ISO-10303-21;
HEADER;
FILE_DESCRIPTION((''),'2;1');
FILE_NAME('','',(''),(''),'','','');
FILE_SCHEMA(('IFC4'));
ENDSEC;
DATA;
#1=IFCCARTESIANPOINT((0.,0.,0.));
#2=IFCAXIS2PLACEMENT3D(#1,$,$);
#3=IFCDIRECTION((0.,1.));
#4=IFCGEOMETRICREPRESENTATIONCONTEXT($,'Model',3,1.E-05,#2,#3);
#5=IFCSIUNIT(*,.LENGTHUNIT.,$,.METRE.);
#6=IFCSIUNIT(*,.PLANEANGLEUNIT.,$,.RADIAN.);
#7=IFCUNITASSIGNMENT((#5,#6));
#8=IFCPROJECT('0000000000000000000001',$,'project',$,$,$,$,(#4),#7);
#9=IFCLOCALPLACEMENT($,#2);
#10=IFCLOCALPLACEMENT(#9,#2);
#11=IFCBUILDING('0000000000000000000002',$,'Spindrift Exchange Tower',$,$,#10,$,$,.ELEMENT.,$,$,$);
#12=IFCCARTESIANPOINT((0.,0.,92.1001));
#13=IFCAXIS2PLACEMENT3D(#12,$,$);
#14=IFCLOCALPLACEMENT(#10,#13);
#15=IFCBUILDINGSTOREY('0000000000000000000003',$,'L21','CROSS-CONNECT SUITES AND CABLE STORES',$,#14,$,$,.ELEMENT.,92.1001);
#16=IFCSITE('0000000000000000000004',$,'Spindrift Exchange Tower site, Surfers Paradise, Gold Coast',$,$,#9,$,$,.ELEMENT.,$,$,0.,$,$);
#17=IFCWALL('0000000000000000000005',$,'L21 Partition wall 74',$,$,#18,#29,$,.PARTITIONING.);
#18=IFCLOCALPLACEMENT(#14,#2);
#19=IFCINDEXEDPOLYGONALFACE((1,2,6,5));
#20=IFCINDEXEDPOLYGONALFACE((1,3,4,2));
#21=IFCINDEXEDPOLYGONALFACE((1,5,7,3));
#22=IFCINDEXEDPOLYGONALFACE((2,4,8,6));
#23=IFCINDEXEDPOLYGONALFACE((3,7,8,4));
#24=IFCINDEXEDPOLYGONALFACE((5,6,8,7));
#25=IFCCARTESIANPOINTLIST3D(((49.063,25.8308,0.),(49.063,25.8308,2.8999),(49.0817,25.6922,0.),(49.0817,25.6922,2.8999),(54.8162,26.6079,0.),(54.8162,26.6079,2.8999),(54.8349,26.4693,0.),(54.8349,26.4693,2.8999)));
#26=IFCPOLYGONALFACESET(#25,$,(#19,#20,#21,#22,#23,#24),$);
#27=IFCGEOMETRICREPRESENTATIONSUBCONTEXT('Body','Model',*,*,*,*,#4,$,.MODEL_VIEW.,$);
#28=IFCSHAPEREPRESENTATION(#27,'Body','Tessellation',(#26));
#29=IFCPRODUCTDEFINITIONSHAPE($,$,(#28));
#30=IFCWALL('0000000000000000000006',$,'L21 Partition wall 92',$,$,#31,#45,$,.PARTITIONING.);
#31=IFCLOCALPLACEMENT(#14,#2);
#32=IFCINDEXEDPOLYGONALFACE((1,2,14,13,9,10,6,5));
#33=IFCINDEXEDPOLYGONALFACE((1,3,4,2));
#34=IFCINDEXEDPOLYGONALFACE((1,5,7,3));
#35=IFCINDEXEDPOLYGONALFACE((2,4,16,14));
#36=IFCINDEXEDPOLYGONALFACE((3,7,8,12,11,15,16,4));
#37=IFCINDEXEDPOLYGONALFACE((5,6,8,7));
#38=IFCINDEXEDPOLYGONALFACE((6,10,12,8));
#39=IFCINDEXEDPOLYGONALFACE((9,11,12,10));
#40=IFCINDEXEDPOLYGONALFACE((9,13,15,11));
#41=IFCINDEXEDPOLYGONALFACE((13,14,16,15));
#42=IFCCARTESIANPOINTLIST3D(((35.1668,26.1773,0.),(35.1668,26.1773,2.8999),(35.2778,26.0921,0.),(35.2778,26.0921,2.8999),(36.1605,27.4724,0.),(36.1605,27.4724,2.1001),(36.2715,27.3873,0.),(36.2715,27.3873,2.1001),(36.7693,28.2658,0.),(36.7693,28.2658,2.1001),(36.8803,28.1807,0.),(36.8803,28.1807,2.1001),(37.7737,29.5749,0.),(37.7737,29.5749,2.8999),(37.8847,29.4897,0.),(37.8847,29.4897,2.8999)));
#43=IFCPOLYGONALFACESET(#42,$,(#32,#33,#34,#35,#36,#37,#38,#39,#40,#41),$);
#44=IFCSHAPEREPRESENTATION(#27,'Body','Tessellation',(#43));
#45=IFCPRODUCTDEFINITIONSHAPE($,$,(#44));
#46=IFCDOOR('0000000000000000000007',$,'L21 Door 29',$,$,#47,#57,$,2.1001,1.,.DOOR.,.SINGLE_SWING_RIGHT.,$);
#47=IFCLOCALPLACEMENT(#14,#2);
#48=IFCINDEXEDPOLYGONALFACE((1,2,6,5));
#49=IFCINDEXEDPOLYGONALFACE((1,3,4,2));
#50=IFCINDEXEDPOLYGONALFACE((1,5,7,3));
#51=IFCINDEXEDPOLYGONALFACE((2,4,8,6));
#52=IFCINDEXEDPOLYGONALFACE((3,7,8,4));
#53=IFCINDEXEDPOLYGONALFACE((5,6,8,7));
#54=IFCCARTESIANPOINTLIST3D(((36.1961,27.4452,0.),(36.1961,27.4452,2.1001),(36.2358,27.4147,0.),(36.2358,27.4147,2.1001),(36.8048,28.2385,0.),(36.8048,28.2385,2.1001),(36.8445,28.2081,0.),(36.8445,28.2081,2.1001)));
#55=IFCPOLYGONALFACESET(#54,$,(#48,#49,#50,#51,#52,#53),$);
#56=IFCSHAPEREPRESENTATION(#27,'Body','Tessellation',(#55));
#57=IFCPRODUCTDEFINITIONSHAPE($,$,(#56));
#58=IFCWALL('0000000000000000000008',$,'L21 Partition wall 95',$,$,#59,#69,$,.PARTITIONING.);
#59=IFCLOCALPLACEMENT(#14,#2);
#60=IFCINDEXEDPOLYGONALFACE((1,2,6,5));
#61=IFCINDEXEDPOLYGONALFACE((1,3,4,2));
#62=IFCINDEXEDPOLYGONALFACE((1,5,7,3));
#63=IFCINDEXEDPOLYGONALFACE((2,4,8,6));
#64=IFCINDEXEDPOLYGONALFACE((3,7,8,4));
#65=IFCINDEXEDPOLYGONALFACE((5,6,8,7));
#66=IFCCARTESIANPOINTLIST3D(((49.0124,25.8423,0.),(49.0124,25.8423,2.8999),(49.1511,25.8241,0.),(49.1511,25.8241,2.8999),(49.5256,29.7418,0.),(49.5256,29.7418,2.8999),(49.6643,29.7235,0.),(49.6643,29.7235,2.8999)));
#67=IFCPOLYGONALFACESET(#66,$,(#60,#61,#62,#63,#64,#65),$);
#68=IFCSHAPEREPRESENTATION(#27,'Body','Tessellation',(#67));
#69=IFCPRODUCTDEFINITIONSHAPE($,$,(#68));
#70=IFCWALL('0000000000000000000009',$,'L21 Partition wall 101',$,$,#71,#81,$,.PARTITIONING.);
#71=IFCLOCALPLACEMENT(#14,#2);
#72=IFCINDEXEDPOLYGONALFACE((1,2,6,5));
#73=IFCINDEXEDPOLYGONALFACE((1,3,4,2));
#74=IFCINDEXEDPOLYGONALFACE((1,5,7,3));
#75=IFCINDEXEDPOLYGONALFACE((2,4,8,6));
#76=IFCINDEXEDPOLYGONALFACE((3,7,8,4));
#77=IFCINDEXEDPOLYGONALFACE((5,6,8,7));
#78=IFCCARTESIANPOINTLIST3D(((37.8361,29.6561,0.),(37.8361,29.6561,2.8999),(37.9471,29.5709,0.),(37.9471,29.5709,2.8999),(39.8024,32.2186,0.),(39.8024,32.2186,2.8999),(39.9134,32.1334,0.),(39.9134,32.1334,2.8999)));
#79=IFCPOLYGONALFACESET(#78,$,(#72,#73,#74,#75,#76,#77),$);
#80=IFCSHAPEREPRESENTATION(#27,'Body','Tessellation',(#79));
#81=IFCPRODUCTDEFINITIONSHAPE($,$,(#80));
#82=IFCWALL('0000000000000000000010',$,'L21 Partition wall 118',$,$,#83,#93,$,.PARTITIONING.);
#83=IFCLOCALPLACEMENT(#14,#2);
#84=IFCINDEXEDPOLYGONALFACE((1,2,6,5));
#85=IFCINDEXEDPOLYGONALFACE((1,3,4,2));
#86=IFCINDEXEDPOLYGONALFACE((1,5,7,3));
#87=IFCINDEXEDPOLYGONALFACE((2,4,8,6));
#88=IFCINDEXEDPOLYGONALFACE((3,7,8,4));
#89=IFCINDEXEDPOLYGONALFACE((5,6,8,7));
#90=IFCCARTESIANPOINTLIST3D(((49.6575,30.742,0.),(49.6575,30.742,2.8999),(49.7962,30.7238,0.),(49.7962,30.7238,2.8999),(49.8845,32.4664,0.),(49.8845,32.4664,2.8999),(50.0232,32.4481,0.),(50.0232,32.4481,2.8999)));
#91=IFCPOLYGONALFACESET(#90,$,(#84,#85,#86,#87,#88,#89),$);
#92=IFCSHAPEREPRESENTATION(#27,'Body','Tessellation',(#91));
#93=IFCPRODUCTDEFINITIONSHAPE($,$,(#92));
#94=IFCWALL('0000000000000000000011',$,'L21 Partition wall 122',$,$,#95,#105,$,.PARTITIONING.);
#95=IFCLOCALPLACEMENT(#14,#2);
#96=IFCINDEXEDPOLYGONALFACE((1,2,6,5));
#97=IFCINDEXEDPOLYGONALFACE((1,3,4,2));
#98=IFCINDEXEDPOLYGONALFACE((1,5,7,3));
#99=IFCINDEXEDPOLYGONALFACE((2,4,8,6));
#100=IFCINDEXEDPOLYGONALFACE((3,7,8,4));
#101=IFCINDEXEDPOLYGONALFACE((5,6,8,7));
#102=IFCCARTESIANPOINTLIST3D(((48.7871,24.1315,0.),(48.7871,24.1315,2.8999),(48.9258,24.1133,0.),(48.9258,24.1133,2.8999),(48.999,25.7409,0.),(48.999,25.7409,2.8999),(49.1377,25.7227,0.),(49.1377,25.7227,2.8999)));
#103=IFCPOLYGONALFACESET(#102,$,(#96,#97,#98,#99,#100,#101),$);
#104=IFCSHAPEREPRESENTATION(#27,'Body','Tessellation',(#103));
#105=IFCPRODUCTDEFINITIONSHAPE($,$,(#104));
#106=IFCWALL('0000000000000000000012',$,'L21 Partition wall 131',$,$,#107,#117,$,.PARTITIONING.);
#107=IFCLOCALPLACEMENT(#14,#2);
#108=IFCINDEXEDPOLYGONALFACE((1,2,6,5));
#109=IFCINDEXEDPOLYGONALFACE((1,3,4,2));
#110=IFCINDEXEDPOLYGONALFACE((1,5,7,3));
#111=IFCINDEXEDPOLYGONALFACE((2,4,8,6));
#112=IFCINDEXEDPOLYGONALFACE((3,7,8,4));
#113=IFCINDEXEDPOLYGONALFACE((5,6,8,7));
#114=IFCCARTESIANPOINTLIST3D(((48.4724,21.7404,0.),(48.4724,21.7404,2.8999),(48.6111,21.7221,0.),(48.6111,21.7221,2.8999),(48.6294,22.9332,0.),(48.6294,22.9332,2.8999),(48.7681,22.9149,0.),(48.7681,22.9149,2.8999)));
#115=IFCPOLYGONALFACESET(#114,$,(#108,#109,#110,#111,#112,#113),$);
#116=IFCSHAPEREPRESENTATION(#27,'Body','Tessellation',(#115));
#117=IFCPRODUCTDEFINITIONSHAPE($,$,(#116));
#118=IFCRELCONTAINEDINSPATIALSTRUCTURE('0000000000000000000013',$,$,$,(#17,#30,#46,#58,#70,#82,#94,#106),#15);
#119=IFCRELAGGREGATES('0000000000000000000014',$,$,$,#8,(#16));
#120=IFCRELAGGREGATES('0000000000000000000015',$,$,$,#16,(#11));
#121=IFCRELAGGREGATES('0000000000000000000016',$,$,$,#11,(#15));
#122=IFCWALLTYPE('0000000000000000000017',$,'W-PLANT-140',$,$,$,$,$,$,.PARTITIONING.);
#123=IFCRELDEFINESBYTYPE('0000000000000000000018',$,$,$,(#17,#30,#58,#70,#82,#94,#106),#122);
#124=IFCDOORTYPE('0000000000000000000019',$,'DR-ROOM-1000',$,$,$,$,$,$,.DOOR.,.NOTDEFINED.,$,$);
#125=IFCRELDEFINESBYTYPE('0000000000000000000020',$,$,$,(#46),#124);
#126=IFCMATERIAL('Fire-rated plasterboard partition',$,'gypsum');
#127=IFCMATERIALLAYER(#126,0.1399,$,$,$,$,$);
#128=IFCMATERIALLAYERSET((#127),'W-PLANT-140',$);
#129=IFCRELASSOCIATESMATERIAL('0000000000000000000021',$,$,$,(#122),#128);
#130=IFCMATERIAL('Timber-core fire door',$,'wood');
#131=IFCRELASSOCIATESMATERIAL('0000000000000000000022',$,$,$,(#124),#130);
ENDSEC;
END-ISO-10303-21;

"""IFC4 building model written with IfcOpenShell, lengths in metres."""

from ifc_helpers import new_model, si_unit, direction, frame, frame_2d, origin, place, context, subcontext, project, spatial, rectangle, extrude, source, transform, mapped, material, layer, layer_set, type_object, element, fill, save


model = new_model("IFC4")

# Units and contexts
model_context = context("Model", 3, precision=1e-05, world=origin(), true_north=direction((0.0, 1.0)))
body_context = subcontext(model_context, "Body", "Model", "MODEL_VIEW")
ifc_project = project(units=[si_unit("LENGTHUNIT", "METRE"), si_unit("PLANEANGLEUNIT", "RADIAN")], contexts=[model_context])

# Site, building, storey
site_placement = place(None, origin())
site = spatial("IfcSite", under=ifc_project, at=site_placement, Name="Spindrift Exchange Tower site, Surfers Paradise, Gold Coast", CompositionType="ELEMENT", RefElevation=0.0)
building_placement = place(site_placement, origin())
building = spatial("IfcBuilding", under=site, at=building_placement, Name="Spindrift Exchange Tower", CompositionType="ELEMENT")
storey_placement = place(building_placement, frame((0.0, 0.0, 92.1001)))
storey = spatial("IfcBuildingStorey", under=building, at=storey_placement, Name="L21", Description="CROSS-CONNECT SUITES AND CABLE STORES", CompositionType="ELEMENT", Elevation=92.1001)

# Shared definitions
ifc_material_1 = material(Name="Fire-rated plasterboard partition", Category="gypsum")
ifc_layer_1 = layer(ifc_material_1, 0.1399)
ifc_layer_set_1 = layer_set([ifc_layer_1], Name="W-PLANT-140")
wall_type = type_object("IfcWallType", Name="W-PLANT-140", PredefinedType="PARTITIONING", material=ifc_layer_set_1)
ifc_material_2 = material(Name="Timber-core fire door", Category="wood")
door_type = type_object("IfcDoorType", Name="DR-ROOM-1000", OperationType="NOTDEFINED", PredefinedType="DOOR", material=ifc_material_2)
shared_shape_1 = source(origin(), body_context, "Body", "SweptSolid", [
    extrude(rectangle(XDim=1.0, YDim=2.1001, at=frame_2d((0.5, 1.05))), frame((0.0, 0.0249, 0.0), z_axis=(0.0, -1.0, 0.0), x_axis=(1.0, 0.0, 0.0)), (0.0, 0.0, 1.0), 0.05),
])

# Wall
wall_1_placement = place(storey_placement, frame((49.0723, 25.7615, 0.0), z_axis=(0.0, 0.0, 1.0), x_axis=(0.991001, 0.133858, 0.0)))
element("IfcWall", 1, at=wall_1_placement, inside=storey, type_object=wall_type, Name="L21 Partition wall 74", PredefinedType="PARTITIONING", context=body_context, shape_type="SweptSolid", body=[
    extrude(rectangle(XDim=5.8054, YDim=0.1399, at=frame_2d((2.9028, 0.0))), origin(), (0.0, 0.0, 1.0), 2.8999),
])

# Wall, opening, door
wall_2_placement = place(storey_placement, frame((37.8291, 29.5322, 0.0), z_axis=(0.0, 0.0, 1.0), x_axis=(-0.60873, -0.793378, 0.0)))
wall_2 = element("IfcWall", 2, at=wall_2_placement, inside=storey, type_object=wall_type, Name="L21 Partition wall 92", PredefinedType="PARTITIONING", context=body_context, shape_type="SweptSolid", body=[
    extrude(rectangle(XDim=4.2825, YDim=0.1399, at=frame_2d((2.1411, 0.0))), origin(), (0.0, 0.0, 1.0), 2.8999),
])
opening_1_placement = place(wall_2_placement, frame((1.6499, 0.0, 0.0)))
opening_1 = element("IfcOpeningElement", 3, at=opening_1_placement, cuts=wall_2, PredefinedType="OPENING", context=body_context, shape_type="SweptSolid", body=[
    extrude(rectangle(XDim=1.0, YDim=2.1001, at=frame_2d((0.5, 1.05))), frame((0.0, 0.0798, 0.0), z_axis=(0.0, -1.0, 0.0), x_axis=(1.0, 0.0, 0.0)), (0.0, 0.0, 1.0), 0.1599),
])
door_1_placement = place(opening_1_placement, origin())
door_1 = element("IfcDoor", 4, at=door_1_placement, inside=storey, type_object=door_type, Name="L21 Door 29", OperationType="SINGLE_SWING_RIGHT", OverallHeight=2.1001, OverallWidth=1.0, PredefinedType="DOOR", context=body_context, shape_type="MappedRepresentation", body=[
    mapped(shared_shape_1, transform((0.0, 0.0, 0.0), scale=1.0)),
])
fill(opening_1, door_1)

# Walls
wall_3_placement = place(storey_placement, frame((49.595, 29.7327, 0.0), z_axis=(0.0, 0.0, 1.0), x_axis=(-0.13048, -0.991451, 0.0)))
element("IfcWall", 5, at=wall_3_placement, inside=storey, type_object=wall_type, Name="L21 Partition wall 95", PredefinedType="PARTITIONING", context=body_context, shape_type="SweptSolid", body=[
    extrude(rectangle(XDim=3.9331, YDim=0.1399, at=frame_2d((1.9666, 0.0))), origin(), (0.0, 0.0, 1.0), 2.8999),
])
wall_4_placement = place(storey_placement, frame((39.8579, 32.176, 0.0), z_axis=(0.0, 0.0, 1.0), x_axis=(-0.608768, -0.793348, 0.0)))
element("IfcWall", 6, at=wall_4_placement, inside=storey, type_object=wall_type, Name="L21 Partition wall 101", PredefinedType="PARTITIONING", context=body_context, shape_type="SweptSolid", body=[
    extrude(rectangle(XDim=3.23, YDim=0.1399, at=frame_2d((1.615, 0.0))), origin(), (0.0, 0.0, 1.0), 2.8999),
])
wall_5_placement = place(storey_placement, frame((49.9539, 32.4573, 0.0), z_axis=(0.0, 0.0, 1.0), x_axis=(-0.130545, -0.991442, 0.0)))
element("IfcWall", 7, at=wall_5_placement, inside=storey, type_object=wall_type, Name="L21 Partition wall 118", PredefinedType="PARTITIONING", context=body_context, shape_type="SweptSolid", body=[
    extrude(rectangle(XDim=1.7393, YDim=0.1399, at=frame_2d((0.8696, 0.0))), origin(), (0.0, 0.0, 1.0), 2.8999),
])
wall_6_placement = place(storey_placement, frame((49.0684, 25.7317, 0.0), z_axis=(0.0, 0.0, 1.0), x_axis=(-0.130548, -0.991442, 0.0)))
element("IfcWall", 8, at=wall_6_placement, inside=storey, type_object=wall_type, Name="L21 Partition wall 122", PredefinedType="PARTITIONING", context=body_context, shape_type="SweptSolid", body=[
    extrude(rectangle(XDim=1.6233, YDim=0.1399, at=frame_2d((0.8115, 0.0))), origin(), (0.0, 0.0, 1.0), 2.8999),
])
wall_7_placement = place(storey_placement, frame((48.6987, 22.9241, 0.0), z_axis=(0.0, 0.0, 1.0), x_axis=(-0.130476, -0.991452, 0.0)))
element("IfcWall", 9, at=wall_7_placement, inside=storey, type_object=wall_type, Name="L21 Partition wall 131", PredefinedType="PARTITIONING", context=body_context, shape_type="SweptSolid", body=[
    extrude(rectangle(XDim=1.2031, YDim=0.1399, at=frame_2d((0.6016, 0.0))), origin(), (0.0, 0.0, 1.0), 2.8999),
])

save(model, "model.ifc")
